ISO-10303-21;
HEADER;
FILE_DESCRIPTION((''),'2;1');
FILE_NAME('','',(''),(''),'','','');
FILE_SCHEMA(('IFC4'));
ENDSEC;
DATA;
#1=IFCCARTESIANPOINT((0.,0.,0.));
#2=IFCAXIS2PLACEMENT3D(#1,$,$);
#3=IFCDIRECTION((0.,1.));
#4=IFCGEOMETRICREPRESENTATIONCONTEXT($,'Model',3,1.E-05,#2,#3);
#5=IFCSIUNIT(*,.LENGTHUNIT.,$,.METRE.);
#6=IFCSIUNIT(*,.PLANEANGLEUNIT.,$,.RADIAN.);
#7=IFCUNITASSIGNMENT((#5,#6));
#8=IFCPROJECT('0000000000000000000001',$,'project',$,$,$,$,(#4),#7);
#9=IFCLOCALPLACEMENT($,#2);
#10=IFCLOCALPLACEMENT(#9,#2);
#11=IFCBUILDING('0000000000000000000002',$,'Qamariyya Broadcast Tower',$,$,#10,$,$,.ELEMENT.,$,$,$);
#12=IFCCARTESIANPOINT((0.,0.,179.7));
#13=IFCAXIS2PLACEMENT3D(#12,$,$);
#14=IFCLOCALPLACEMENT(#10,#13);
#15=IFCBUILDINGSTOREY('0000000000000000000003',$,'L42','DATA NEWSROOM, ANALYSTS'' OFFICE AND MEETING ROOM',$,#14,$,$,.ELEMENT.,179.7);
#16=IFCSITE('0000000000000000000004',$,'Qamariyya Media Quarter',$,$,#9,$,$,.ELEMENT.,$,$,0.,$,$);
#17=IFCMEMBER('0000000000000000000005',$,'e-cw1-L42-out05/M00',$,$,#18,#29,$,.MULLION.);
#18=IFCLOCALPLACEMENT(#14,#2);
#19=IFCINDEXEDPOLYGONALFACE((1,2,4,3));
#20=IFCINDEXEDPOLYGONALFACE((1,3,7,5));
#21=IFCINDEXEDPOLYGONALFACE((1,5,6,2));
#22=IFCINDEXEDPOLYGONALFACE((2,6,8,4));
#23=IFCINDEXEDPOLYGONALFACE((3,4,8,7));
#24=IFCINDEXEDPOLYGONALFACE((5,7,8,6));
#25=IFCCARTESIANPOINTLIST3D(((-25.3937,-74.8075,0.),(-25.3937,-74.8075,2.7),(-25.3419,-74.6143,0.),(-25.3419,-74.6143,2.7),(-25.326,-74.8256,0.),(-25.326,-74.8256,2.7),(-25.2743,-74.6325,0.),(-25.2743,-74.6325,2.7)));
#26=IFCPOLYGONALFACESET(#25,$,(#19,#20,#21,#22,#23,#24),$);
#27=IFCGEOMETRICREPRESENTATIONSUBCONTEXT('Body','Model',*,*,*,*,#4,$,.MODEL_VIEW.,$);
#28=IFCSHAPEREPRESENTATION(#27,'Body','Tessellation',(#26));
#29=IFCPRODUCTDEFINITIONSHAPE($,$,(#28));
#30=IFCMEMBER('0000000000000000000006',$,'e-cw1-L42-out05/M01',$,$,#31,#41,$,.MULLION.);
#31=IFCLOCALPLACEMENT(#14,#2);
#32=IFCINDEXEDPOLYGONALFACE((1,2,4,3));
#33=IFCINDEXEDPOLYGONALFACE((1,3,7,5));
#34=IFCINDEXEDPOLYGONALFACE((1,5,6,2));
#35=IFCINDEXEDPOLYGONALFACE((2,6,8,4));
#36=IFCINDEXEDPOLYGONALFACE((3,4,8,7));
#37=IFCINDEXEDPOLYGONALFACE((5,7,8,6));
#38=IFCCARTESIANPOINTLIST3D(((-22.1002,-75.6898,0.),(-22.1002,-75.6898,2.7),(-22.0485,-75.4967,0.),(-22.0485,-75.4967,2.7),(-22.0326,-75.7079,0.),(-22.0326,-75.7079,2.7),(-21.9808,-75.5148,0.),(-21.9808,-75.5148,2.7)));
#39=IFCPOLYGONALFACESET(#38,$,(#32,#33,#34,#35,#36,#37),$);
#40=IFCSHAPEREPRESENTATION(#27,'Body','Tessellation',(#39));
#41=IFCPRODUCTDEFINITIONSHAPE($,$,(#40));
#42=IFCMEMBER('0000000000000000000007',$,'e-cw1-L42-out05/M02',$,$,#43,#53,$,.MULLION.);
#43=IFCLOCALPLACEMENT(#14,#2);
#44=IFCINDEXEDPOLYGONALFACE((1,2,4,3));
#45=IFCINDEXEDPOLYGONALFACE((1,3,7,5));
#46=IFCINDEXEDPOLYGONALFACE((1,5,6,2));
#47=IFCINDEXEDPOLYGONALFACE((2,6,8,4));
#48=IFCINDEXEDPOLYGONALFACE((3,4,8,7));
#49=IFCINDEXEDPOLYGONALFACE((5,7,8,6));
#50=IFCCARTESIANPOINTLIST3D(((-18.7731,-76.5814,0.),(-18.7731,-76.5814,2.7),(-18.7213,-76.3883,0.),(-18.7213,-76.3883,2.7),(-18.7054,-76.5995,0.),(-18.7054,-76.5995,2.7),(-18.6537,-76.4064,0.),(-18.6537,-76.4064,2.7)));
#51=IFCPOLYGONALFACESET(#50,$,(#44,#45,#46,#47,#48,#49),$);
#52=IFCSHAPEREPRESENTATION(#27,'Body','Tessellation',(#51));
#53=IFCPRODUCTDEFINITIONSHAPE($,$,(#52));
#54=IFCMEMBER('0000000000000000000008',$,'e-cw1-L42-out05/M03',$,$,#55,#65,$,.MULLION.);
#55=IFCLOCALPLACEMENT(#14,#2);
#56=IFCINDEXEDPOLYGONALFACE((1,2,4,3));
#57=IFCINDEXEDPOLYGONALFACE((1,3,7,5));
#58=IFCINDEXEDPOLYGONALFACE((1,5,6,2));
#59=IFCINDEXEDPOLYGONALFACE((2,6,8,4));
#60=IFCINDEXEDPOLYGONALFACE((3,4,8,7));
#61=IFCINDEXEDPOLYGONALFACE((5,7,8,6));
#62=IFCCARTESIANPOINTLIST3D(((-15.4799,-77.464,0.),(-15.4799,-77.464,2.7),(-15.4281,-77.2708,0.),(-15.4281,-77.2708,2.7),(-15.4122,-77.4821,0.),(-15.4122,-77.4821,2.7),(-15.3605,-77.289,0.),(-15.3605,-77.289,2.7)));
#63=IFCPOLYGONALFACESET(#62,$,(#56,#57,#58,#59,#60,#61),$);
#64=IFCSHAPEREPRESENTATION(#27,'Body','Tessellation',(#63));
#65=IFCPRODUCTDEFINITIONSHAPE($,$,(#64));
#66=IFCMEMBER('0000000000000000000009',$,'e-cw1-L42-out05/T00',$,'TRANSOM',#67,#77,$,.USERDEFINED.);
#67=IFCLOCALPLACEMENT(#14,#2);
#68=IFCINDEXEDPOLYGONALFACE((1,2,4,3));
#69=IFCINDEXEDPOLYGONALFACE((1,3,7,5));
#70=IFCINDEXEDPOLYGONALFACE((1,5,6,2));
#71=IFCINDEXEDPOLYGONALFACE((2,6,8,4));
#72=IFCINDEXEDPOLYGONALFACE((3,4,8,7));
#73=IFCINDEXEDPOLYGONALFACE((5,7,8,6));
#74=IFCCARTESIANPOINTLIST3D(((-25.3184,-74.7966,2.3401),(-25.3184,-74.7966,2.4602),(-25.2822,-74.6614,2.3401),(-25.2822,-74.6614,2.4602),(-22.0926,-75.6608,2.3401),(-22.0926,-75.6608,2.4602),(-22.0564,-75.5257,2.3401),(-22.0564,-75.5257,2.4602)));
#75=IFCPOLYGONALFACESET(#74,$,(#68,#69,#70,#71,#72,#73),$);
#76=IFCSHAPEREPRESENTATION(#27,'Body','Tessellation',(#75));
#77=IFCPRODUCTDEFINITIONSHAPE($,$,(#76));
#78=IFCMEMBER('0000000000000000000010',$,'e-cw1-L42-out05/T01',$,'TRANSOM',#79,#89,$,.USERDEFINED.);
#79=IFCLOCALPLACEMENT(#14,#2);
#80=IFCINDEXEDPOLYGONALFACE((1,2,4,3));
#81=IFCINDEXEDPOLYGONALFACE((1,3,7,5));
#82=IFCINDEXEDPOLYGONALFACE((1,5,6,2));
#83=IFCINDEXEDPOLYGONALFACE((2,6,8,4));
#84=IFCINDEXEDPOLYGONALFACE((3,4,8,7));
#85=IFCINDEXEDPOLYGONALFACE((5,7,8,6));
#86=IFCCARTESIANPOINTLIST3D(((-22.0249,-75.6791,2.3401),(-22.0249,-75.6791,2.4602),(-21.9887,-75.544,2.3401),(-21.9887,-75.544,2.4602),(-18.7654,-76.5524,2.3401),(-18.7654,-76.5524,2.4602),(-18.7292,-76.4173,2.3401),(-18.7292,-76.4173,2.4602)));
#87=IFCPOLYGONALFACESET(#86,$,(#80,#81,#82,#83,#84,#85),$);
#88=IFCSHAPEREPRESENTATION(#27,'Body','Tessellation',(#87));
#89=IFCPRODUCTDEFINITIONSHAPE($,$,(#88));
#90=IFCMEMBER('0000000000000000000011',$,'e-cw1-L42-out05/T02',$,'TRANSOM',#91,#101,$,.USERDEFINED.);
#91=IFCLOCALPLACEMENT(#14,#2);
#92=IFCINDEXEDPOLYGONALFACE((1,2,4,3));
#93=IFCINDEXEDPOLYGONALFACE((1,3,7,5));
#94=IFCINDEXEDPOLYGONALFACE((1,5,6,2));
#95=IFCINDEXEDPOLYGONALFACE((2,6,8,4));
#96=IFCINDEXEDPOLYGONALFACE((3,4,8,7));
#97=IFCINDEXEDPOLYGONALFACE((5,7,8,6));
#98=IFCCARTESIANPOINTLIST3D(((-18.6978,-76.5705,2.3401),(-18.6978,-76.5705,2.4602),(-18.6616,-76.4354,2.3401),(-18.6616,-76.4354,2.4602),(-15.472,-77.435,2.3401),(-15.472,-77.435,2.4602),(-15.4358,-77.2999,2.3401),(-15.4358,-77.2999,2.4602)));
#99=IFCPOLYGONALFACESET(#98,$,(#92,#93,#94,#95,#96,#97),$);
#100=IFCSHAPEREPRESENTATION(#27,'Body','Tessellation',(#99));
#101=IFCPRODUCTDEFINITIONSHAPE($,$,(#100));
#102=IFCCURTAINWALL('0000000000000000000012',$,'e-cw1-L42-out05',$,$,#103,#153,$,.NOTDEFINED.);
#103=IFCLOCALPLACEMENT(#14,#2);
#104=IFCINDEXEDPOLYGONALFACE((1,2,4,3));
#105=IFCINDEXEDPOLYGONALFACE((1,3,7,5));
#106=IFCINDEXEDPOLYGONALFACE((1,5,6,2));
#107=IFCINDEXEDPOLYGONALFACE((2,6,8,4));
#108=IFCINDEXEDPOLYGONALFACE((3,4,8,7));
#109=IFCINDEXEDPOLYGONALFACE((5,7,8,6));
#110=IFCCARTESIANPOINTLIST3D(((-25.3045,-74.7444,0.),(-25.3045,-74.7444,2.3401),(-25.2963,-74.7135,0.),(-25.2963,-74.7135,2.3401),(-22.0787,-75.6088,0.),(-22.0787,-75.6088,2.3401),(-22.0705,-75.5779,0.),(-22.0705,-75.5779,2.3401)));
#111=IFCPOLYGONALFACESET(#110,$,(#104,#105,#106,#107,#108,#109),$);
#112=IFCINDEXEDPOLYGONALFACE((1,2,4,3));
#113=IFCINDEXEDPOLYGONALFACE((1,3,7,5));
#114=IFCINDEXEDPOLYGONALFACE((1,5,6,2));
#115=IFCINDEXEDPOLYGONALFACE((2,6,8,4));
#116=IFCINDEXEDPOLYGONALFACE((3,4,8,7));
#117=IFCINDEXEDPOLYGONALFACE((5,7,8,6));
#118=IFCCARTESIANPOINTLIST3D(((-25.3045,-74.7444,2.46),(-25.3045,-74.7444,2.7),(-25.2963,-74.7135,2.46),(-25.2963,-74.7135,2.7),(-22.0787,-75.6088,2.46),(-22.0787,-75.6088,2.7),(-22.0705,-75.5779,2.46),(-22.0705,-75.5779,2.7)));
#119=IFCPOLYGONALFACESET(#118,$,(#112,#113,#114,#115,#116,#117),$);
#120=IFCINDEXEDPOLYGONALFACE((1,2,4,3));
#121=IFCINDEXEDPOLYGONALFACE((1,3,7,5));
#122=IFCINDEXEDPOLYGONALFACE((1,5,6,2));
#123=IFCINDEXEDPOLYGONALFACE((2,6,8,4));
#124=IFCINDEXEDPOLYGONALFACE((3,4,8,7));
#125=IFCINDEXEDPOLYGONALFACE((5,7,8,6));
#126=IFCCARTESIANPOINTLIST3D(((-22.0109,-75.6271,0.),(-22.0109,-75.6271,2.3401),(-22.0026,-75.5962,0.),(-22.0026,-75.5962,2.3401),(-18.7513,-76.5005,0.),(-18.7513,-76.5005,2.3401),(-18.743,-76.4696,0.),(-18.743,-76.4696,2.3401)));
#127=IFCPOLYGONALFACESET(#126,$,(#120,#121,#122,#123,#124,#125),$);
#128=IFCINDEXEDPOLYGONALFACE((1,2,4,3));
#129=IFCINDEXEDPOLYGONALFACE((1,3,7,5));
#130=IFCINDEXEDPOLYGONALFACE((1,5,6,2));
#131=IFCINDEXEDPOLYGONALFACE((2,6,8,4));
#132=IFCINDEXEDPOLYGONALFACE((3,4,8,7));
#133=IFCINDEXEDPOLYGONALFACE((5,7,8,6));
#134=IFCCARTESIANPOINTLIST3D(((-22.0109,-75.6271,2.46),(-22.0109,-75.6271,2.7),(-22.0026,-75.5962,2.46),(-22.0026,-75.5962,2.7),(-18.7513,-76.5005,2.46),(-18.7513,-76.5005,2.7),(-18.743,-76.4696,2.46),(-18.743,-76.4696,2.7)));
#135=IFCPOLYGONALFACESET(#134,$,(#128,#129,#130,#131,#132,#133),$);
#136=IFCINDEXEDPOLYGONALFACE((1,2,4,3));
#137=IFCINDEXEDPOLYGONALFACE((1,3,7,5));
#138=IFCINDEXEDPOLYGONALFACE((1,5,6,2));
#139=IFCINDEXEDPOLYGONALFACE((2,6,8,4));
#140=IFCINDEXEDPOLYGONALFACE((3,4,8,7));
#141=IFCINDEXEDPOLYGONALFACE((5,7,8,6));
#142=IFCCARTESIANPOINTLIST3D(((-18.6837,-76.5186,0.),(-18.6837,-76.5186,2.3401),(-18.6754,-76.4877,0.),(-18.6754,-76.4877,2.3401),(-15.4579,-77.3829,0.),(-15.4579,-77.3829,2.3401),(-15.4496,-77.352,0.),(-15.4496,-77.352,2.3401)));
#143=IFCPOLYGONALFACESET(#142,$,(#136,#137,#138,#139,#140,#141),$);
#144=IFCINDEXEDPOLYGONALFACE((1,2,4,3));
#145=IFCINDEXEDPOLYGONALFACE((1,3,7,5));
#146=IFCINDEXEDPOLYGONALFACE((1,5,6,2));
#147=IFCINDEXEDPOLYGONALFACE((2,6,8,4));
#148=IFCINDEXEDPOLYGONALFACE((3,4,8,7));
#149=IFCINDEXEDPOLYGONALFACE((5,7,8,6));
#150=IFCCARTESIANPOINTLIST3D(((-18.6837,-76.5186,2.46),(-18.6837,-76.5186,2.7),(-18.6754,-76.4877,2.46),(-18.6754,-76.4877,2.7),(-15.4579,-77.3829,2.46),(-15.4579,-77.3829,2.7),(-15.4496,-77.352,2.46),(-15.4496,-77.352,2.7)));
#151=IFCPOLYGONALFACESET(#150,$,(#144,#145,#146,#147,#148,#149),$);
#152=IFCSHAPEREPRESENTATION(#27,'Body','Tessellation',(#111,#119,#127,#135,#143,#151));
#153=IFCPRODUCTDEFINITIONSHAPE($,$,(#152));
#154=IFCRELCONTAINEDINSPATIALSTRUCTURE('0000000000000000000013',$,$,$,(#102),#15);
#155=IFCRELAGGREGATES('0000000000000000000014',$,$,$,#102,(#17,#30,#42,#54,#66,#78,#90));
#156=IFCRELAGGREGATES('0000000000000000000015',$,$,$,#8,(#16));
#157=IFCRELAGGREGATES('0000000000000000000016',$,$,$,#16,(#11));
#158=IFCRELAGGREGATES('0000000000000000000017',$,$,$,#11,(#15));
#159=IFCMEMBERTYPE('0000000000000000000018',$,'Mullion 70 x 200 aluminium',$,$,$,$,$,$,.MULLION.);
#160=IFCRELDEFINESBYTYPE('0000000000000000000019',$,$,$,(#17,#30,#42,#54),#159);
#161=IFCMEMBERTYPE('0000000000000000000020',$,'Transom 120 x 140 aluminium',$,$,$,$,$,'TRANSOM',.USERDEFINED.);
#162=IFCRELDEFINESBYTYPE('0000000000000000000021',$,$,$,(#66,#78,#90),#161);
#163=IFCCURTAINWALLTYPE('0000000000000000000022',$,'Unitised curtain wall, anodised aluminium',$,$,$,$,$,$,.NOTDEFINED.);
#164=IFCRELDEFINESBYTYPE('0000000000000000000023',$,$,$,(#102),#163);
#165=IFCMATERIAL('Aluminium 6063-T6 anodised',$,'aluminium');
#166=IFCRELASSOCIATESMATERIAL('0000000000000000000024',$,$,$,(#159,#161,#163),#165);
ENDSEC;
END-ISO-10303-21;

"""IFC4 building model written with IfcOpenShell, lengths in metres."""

from ifc_helpers import new_model, si_unit, direction, frame, origin, origin_2d, place, context, subcontext, project, spatial, rectangle, extrude, material, material_profile, profile_set, type_object, element, aggregate, save


model = new_model("IFC4")

# Units and contexts
model_context = context("Model", 3, precision=1e-05, world=origin(), true_north=direction((0.0, 1.0)))
body_context = subcontext(model_context, "Body", "Model", "MODEL_VIEW")
ifc_project = project(units=[si_unit("LENGTHUNIT", "METRE"), si_unit("PLANEANGLEUNIT", "RADIAN")], contexts=[model_context])

# Members
ifc_material = material(Name="Aluminium 6063-T6 anodised", Category="aluminium")
ifc_material_profile_1 = material_profile(ifc_material, rectangle(XDim=0.2, YDim=0.0701, at=origin_2d()))
ifc_profile_set_1 = profile_set([ifc_material_profile_1], Name="Aluminium 6063-T6 anodised")
member_type_1 = type_object("IfcMemberType", Name="Mullion 70 x 200 aluminium", PredefinedType="MULLION", material=ifc_profile_set_1)
site_placement = place(None, origin())
building_placement = place(site_placement, origin())
storey_placement = place(building_placement, frame((0.0, 0.0, 179.7)))
member_1_placement = place(storey_placement, frame((-25.334, -74.72, 0.0), z_axis=(0.0, 0.0, 1.0), x_axis=(0.258819, 0.965926, 0.0)))
member_1 = element("IfcMember", 1, at=member_1_placement, type_object=member_type_1, Name="e-cw1-L42-out05/M00", PredefinedType="MULLION", context=body_context, shape_type="SweptSolid", body=[
    extrude(rectangle(XDim=0.2, YDim=0.0701, at=origin_2d()), origin(), (0.0, 0.0, 1.0), 2.7),
])
member_2_placement = place(storey_placement, frame((-22.0405, -75.6023, 0.0), z_axis=(0.0, 0.0, 1.0), x_axis=(0.258819, 0.965926, 0.0)))
member_2 = element("IfcMember", 2, at=member_2_placement, type_object=member_type_1, Name="e-cw1-L42-out05/M01", PredefinedType="MULLION", context=body_context, shape_type="SweptSolid", body=[
    extrude(rectangle(XDim=0.2, YDim=0.0701, at=origin_2d()), origin(), (0.0, 0.0, 1.0), 2.7),
])
member_3_placement = place(storey_placement, frame((-18.7134, -76.4939, 0.0), z_axis=(0.0, 0.0, 1.0), x_axis=(0.258819, 0.965926, 0.0)))
member_3 = element("IfcMember", 3, at=member_3_placement, type_object=member_type_1, Name="e-cw1-L42-out05/M02", PredefinedType="MULLION", context=body_context, shape_type="SweptSolid", body=[
    extrude(rectangle(XDim=0.2, YDim=0.0701, at=origin_2d()), origin(), (0.0, 0.0, 1.0), 2.7),
])
member_4_placement = place(storey_placement, frame((-15.4202, -77.3765, 0.0), z_axis=(0.0, 0.0, 1.0), x_axis=(0.258819, 0.965926, 0.0)))
member_4 = element("IfcMember", 4, at=member_4_placement, type_object=member_type_1, Name="e-cw1-L42-out05/M03", PredefinedType="MULLION", context=body_context, shape_type="SweptSolid", body=[
    extrude(rectangle(XDim=0.2, YDim=0.0701, at=origin_2d()), origin(), (0.0, 0.0, 1.0), 2.7),
])
ifc_material_profile_2 = material_profile(ifc_material, rectangle(XDim=0.1399, YDim=0.1201, at=origin_2d()))
ifc_profile_set_2 = profile_set([ifc_material_profile_2], Name="Aluminium 6063-T6 anodised")
member_type_2 = type_object("IfcMemberType", Name="Transom 120 x 140 aluminium", ElementType="TRANSOM", PredefinedType="USERDEFINED", material=ifc_profile_set_2)
member_5_placement = place(storey_placement, frame((-25.3003, -74.729, 2.4001), z_axis=(0.965933, -0.258791, 0.0), x_axis=(0.258791, 0.965933, 0.0)))
member_5 = element("IfcMember", 5, at=member_5_placement, type_object=member_type_2, Name="e-cw1-L42-out05/T00", ObjectType="TRANSOM", PredefinedType="USERDEFINED", context=body_context, shape_type="SweptSolid", body=[
    extrude(rectangle(XDim=0.1399, YDim=0.1201, at=origin_2d()), origin(), (0.0, 0.0, 1.0), 3.3396),
])
member_6_placement = place(storey_placement, frame((-22.0068, -75.6116, 2.4001), z_axis=(0.965933, -0.258793, 0.0), x_axis=(0.258793, 0.965933, 0.0)))
member_6 = element("IfcMember", 6, at=member_6_placement, type_object=member_type_2, Name="e-cw1-L42-out05/T01", ObjectType="TRANSOM", PredefinedType="USERDEFINED", context=body_context, shape_type="SweptSolid", body=[
    extrude(rectangle(XDim=0.1399, YDim=0.1201, at=origin_2d()), origin(), (0.0, 0.0, 1.0), 3.3745),
])
member_7_placement = place(storey_placement, frame((-18.6797, -76.5029, 2.4001), z_axis=(0.965915, -0.258859, 0.0), x_axis=(0.258859, 0.965915, 0.0)))
member_7 = element("IfcMember", 7, at=member_7_placement, type_object=member_type_2, Name="e-cw1-L42-out05/T02", ObjectType="TRANSOM", PredefinedType="USERDEFINED", context=body_context, shape_type="SweptSolid", body=[
    extrude(rectangle(XDim=0.1399, YDim=0.1201, at=origin_2d()), origin(), (0.0, 0.0, 1.0), 3.3396),
])

# Site, building, storey
site = spatial("IfcSite", under=ifc_project, at=site_placement, Name="Qamariyya Media Quarter", CompositionType="ELEMENT", RefElevation=0.0)
building = spatial("IfcBuilding", under=site, at=building_placement, Name="Qamariyya Broadcast Tower", CompositionType="ELEMENT")
storey = spatial("IfcBuildingStorey", under=building, at=storey_placement, Name="L42", Description="DATA NEWSROOM, ANALYSTS' OFFICE AND MEETING ROOM", CompositionType="ELEMENT", Elevation=179.7)

# Curtain wall
curtain_wall_type = type_object("IfcCurtainWallType", Name="Unitised curtain wall, anodised aluminium", PredefinedType="NOTDEFINED", material=ifc_material)
curtain_wall_1_placement = place(storey_placement, origin())
curtain_wall_1 = element("IfcCurtainWall", 8, at=curtain_wall_1_placement, inside=storey, type_object=curtain_wall_type, Name="e-cw1-L42-out05", PredefinedType="NOTDEFINED", context=body_context, shape_type="SweptSolid", body=[
    extrude(rectangle(XDim=3.3396, YDim=0.032, at=origin_2d()), frame((-23.6875, -75.1611, 0.0), x_axis=(0.965926, -0.258817, 0.0)), (0.0, 0.0, 1.0), 2.3401),
    extrude(rectangle(XDim=3.3396, YDim=0.032, at=origin_2d()), frame((-23.6875, -75.1611, 2.46), x_axis=(0.965926, -0.258817, 0.0)), (0.0, 0.0, 1.0), 0.24),
    extrude(rectangle(XDim=3.3745, YDim=0.032, at=origin_2d()), frame((-20.377, -76.0483, 0.0), x_axis=(0.965926, -0.258817, 0.0)), (0.0, 0.0, 1.0), 2.3401),
    extrude(rectangle(XDim=3.3745, YDim=0.032, at=origin_2d()), frame((-20.377, -76.0483, 2.46), x_axis=(0.965926, -0.258817, 0.0)), (0.0, 0.0, 1.0), 0.24),
    extrude(rectangle(XDim=3.3396, YDim=0.032, at=origin_2d()), frame((-17.0667, -76.9353, 0.0), x_axis=(0.965926, -0.258817, 0.0)), (0.0, 0.0, 1.0), 2.3401),
    extrude(rectangle(XDim=3.3396, YDim=0.032, at=origin_2d()), frame((-17.0667, -76.9353, 2.46), x_axis=(0.965926, -0.258817, 0.0)), (0.0, 0.0, 1.0), 0.24),
])
aggregate(curtain_wall_1, [member_1, member_2, member_3, member_4, member_5, member_6, member_7])

save(model, "model.ifc")
